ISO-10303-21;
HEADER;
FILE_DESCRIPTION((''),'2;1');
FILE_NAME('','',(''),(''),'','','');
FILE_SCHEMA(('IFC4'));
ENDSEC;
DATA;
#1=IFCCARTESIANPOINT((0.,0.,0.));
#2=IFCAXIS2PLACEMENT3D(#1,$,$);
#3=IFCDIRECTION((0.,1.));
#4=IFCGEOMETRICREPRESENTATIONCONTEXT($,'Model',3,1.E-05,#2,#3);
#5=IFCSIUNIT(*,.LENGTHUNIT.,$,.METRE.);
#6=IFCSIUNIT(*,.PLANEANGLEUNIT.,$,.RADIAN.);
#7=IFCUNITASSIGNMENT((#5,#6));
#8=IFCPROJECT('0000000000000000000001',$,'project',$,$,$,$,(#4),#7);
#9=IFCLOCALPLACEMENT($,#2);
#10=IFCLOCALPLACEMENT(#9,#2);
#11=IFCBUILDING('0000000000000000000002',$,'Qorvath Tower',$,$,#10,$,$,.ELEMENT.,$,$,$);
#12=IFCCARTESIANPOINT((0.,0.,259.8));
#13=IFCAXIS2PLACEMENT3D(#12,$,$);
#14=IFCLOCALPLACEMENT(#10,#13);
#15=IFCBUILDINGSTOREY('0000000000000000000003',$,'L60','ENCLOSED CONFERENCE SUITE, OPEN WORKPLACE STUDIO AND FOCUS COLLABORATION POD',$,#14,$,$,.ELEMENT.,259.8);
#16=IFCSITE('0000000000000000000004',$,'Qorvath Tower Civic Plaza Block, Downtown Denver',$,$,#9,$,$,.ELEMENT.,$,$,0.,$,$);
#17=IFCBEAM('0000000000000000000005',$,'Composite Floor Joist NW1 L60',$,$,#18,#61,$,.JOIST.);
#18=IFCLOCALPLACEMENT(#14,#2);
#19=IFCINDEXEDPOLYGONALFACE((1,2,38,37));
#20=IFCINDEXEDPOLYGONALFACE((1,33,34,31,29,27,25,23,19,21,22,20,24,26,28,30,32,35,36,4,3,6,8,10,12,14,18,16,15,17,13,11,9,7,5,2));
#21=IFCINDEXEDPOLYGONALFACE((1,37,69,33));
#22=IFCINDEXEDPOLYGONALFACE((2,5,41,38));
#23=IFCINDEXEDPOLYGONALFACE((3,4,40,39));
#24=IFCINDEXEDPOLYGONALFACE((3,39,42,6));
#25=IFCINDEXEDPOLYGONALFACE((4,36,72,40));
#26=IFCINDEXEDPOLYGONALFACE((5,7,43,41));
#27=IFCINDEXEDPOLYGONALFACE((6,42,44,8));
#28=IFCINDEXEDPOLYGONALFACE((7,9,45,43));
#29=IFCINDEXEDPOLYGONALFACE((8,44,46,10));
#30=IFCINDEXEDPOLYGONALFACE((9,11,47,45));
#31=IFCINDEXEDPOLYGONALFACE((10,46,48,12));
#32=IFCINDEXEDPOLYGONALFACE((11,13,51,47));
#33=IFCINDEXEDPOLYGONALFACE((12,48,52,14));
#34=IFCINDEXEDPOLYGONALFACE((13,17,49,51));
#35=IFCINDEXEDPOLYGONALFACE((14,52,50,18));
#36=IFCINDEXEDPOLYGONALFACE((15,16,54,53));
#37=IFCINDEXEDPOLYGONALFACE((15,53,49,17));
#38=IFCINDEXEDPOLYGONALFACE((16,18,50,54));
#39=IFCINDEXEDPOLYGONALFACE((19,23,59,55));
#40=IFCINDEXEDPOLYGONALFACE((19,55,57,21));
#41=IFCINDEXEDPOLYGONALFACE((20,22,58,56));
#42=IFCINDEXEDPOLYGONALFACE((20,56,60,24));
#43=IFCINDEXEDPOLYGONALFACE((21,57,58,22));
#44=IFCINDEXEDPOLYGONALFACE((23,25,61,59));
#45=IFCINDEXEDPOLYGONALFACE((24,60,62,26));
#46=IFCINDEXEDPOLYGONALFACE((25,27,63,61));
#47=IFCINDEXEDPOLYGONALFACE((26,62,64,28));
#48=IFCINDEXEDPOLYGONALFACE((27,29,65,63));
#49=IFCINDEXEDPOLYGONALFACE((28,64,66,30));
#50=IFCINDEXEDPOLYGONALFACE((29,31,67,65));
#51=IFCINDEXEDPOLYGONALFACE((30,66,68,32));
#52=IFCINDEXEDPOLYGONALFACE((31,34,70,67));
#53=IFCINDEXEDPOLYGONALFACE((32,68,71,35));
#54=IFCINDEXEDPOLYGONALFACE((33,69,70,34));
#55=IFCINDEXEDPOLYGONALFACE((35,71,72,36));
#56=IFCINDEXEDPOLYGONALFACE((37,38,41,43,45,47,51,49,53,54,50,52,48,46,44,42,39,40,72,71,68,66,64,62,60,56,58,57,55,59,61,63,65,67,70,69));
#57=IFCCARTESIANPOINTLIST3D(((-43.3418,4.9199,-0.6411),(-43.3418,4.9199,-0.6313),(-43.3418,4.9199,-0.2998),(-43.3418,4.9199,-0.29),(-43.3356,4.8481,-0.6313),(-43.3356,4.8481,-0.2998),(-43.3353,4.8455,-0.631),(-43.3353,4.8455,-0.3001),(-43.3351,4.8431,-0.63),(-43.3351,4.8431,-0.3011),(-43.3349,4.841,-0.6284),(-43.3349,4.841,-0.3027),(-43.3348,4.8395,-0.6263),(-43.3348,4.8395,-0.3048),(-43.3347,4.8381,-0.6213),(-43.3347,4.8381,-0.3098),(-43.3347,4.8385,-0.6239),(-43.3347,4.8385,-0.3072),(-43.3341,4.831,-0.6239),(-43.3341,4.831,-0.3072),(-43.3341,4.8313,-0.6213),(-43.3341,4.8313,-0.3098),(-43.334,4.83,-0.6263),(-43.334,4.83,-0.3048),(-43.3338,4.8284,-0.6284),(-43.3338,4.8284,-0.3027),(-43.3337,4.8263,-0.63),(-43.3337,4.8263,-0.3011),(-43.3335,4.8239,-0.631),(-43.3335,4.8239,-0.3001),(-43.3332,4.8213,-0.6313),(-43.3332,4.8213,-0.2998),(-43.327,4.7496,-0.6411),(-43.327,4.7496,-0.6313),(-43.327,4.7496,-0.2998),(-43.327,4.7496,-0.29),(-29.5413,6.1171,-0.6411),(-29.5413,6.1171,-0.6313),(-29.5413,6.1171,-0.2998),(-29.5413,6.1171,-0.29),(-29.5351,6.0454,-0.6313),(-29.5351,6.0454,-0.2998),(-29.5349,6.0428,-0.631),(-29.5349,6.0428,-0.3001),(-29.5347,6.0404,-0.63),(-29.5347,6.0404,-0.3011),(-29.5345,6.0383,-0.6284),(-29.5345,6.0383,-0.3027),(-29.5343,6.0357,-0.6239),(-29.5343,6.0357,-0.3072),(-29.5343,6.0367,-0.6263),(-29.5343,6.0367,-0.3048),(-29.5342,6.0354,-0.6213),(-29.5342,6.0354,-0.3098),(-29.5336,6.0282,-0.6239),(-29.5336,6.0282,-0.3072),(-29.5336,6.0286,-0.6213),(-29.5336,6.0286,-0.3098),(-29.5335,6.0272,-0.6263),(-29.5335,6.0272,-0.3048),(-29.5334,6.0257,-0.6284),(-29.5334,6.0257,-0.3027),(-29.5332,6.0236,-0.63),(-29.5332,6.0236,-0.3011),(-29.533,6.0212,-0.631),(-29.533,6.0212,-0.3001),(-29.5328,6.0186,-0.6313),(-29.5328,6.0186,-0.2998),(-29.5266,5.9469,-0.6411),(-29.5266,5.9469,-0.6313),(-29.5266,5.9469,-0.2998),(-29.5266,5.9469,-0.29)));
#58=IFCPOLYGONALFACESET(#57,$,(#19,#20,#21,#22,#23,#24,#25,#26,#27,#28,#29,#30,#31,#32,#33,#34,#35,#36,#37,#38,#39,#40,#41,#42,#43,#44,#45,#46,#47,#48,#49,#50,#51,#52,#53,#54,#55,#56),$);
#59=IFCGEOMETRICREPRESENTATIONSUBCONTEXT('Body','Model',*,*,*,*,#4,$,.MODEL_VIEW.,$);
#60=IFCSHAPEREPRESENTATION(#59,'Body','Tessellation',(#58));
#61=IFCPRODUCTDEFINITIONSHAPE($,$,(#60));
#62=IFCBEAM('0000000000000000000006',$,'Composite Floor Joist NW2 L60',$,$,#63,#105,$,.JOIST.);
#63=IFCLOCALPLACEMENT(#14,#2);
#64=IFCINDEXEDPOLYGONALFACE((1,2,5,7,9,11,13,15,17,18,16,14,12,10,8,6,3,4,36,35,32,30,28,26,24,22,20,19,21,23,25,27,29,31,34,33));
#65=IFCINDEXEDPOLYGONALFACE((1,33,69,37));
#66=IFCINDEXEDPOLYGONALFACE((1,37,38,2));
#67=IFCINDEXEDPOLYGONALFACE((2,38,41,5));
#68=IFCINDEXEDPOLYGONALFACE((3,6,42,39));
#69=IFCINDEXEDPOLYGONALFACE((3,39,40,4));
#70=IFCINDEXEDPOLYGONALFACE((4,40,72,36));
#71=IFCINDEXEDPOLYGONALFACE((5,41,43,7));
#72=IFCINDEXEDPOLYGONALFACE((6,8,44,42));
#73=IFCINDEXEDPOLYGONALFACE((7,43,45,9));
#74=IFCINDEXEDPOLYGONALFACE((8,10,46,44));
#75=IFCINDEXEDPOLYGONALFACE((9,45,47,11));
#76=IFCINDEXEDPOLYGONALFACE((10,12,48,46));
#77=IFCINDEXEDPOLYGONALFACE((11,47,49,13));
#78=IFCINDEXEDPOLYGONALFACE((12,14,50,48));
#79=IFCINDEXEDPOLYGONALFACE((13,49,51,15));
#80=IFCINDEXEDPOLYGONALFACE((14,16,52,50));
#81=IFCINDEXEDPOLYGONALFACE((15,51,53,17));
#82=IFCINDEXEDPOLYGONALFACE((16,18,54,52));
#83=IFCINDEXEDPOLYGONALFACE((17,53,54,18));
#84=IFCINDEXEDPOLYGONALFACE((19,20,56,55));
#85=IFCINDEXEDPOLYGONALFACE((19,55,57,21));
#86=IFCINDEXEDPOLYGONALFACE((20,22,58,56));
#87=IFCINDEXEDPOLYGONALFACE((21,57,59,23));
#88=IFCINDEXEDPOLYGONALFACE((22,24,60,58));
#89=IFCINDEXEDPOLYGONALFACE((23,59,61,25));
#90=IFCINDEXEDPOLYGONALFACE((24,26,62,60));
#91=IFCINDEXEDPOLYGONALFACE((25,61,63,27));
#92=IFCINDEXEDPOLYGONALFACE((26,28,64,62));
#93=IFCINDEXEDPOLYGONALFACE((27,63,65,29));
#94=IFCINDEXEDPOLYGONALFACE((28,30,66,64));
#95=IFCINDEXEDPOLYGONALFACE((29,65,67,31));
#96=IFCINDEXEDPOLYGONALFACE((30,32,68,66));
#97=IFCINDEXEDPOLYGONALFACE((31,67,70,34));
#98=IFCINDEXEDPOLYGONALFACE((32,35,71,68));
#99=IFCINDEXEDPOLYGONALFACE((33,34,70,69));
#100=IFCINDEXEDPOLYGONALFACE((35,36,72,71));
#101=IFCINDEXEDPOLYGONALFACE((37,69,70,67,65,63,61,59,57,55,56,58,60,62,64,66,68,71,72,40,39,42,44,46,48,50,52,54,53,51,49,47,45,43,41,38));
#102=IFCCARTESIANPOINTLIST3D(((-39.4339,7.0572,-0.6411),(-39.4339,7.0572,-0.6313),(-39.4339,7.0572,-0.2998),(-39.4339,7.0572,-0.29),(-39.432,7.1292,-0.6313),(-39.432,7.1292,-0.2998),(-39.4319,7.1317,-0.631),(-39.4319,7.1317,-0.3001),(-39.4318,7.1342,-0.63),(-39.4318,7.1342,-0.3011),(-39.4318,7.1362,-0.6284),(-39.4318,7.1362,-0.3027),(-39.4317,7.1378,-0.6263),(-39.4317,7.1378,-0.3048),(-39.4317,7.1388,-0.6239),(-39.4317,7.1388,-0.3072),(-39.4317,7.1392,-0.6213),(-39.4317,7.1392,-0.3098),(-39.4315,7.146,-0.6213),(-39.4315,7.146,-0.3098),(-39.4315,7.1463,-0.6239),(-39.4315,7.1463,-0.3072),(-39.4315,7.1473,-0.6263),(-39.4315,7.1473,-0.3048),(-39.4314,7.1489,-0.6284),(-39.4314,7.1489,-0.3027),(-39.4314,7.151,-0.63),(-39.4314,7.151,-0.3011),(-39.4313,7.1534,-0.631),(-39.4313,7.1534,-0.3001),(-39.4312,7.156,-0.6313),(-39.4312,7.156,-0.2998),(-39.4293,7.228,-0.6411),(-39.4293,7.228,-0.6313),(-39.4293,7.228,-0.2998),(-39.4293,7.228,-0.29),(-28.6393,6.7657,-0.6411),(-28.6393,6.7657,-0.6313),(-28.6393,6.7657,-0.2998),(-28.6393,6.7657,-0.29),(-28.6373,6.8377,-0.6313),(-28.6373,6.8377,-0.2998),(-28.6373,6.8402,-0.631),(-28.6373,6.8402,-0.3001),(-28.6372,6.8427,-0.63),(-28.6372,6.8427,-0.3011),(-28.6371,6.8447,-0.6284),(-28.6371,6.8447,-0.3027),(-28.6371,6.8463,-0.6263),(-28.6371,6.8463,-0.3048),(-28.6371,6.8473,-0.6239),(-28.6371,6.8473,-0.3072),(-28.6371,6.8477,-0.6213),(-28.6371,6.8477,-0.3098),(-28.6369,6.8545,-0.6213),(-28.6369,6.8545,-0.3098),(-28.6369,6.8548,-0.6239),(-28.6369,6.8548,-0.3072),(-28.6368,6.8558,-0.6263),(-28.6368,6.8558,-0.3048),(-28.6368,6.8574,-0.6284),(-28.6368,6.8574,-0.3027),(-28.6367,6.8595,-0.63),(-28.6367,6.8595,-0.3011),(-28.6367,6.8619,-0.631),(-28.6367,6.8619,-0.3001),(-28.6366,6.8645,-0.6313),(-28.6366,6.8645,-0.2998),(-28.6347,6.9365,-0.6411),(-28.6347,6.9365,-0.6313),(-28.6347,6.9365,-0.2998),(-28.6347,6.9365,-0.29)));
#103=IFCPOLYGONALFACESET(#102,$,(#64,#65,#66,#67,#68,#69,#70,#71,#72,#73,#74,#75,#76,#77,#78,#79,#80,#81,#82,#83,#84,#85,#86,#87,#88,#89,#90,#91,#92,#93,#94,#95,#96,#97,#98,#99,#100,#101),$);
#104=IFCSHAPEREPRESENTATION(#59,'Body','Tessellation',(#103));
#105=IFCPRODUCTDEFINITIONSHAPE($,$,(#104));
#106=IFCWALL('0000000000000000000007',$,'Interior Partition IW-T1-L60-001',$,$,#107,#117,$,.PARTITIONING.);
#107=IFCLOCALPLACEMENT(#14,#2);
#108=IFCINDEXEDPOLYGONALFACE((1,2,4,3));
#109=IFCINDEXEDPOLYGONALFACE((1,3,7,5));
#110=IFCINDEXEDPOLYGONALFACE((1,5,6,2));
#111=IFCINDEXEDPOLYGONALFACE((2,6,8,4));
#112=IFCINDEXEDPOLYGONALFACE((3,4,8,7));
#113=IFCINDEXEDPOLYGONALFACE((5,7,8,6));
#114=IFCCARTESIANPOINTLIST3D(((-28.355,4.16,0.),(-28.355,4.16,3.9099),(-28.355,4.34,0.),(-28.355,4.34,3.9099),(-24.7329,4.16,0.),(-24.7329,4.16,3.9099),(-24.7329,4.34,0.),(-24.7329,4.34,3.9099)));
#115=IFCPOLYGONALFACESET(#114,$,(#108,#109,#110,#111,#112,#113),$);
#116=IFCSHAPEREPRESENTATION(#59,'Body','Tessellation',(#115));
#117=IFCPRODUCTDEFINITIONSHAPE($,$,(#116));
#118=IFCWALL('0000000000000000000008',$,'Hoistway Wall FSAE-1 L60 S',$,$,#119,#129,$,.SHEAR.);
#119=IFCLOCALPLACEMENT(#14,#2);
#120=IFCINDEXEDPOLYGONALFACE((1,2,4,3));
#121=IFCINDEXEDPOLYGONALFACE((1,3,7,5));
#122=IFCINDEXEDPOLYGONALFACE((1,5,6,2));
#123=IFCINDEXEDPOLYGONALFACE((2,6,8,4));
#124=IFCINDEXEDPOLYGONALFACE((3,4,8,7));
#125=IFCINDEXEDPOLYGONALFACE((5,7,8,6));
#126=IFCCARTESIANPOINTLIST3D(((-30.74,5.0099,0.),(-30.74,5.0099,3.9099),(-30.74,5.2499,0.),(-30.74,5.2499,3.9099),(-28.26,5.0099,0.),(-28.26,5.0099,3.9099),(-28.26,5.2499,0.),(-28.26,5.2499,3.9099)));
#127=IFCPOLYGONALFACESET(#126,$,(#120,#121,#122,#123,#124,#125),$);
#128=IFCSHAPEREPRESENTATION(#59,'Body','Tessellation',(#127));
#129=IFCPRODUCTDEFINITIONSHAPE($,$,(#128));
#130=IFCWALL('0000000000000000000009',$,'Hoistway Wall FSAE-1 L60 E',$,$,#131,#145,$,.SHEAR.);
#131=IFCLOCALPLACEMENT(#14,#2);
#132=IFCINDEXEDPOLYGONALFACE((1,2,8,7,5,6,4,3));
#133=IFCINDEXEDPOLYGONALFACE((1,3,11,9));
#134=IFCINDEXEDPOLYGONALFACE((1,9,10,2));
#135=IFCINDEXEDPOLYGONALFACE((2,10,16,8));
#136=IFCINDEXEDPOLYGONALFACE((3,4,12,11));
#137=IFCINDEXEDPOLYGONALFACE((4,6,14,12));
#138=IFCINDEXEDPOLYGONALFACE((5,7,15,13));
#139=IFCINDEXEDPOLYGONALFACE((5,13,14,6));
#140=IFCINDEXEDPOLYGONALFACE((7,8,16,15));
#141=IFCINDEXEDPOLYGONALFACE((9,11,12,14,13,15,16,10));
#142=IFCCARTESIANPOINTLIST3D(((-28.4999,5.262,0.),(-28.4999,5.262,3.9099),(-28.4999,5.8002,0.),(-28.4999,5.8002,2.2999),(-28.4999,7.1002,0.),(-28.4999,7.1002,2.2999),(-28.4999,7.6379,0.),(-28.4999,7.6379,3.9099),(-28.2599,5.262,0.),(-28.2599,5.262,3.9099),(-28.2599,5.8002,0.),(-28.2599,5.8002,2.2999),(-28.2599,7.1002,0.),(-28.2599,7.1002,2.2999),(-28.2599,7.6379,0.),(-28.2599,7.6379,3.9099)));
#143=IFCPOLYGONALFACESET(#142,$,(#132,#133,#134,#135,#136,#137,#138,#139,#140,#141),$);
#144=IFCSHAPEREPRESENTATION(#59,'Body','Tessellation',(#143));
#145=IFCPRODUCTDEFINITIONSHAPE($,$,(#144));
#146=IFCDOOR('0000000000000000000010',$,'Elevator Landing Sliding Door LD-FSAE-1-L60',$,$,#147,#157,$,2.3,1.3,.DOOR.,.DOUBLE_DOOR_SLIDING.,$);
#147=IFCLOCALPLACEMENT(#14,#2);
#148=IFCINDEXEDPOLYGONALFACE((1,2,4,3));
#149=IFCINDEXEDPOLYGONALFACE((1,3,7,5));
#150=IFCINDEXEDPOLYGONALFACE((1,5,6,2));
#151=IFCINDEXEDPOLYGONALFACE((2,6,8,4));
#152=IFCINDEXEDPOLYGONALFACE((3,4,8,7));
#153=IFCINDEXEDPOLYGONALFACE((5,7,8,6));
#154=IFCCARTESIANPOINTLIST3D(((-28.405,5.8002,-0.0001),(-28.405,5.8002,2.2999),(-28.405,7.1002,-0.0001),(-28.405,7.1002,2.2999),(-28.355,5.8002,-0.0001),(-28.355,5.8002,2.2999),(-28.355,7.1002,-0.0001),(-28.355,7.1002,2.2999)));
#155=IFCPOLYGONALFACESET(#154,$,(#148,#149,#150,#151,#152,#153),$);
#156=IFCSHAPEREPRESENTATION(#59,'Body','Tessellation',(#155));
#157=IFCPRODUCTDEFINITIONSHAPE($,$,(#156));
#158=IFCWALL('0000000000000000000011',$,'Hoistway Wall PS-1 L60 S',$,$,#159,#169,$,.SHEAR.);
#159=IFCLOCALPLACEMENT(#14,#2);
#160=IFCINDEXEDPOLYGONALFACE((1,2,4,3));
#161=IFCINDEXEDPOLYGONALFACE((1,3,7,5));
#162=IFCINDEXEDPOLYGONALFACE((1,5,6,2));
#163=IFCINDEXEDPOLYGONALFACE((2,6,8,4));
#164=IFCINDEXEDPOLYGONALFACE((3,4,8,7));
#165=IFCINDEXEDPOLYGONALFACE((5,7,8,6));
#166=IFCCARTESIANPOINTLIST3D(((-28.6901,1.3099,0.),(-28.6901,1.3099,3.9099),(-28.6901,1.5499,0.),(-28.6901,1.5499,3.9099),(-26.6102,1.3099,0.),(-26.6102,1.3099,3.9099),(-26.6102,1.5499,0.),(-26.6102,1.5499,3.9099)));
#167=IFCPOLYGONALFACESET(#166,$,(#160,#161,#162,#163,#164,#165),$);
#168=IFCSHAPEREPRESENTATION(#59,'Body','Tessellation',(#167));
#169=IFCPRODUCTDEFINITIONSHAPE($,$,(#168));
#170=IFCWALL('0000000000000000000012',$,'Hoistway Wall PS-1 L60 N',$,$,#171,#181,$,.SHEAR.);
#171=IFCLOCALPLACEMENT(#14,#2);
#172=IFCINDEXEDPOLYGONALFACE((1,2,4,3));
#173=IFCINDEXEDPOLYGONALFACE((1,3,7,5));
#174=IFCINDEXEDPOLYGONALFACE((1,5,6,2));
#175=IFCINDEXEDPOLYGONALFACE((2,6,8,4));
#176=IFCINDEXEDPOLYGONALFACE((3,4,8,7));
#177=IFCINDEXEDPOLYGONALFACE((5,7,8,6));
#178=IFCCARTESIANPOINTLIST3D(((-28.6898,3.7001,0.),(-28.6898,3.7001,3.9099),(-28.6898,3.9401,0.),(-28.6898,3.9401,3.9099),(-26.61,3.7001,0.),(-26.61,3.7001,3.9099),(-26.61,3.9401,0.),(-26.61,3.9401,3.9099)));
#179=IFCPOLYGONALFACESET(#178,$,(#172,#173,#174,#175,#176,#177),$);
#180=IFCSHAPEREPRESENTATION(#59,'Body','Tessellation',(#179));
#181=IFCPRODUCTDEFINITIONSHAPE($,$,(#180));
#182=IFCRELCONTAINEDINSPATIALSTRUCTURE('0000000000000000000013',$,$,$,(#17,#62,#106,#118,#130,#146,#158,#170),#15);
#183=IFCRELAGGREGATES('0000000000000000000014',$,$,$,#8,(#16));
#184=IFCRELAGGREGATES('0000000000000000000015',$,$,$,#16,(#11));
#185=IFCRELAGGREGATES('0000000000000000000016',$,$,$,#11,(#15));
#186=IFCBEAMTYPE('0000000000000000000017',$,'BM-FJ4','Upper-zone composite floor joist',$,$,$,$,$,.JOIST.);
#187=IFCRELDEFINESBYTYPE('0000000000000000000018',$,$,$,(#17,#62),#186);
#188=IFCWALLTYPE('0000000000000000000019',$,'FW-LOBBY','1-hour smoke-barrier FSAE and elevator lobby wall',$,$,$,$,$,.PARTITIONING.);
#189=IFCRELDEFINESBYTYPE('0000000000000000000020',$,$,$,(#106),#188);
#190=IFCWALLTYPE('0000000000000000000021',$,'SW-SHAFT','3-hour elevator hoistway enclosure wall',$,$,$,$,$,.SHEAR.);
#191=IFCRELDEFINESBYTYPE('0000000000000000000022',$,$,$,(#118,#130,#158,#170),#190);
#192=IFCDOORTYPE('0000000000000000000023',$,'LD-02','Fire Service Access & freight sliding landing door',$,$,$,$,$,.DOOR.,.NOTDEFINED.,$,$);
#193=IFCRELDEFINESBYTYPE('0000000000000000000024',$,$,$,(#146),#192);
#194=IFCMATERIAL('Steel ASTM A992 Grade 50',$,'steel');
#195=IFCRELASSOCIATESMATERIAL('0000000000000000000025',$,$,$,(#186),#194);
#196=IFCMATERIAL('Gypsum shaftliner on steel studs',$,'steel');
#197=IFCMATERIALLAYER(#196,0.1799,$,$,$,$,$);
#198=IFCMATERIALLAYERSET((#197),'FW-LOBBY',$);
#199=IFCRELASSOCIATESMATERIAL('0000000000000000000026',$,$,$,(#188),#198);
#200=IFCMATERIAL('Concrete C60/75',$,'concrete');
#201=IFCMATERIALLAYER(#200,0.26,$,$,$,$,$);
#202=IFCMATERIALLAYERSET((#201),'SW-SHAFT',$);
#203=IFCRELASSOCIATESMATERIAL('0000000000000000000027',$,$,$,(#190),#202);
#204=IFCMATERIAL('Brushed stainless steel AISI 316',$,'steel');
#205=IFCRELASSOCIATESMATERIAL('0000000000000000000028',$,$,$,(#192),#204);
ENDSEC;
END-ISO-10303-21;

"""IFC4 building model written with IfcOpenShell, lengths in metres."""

from ifc_helpers import new_model, si_unit, direction, frame, frame_2d, origin, origin_2d, place, context, subcontext, project, spatial, rectangle, i_section, extrude, material, layer, layer_set, material_profile, profile_set, type_object, element, fill, save


model = new_model("IFC4")

# Units and contexts
model_context = context("Model", 3, precision=1e-05, world=origin(), true_north=direction((0.0, 1.0)))
body_context = subcontext(model_context, "Body", "Model", "MODEL_VIEW")
ifc_project = project(units=[si_unit("LENGTHUNIT", "METRE"), si_unit("PLANEANGLEUNIT", "RADIAN")], contexts=[model_context])

# Site, building, storey
site_placement = place(None, origin())
site = spatial("IfcSite", under=ifc_project, at=site_placement, Name="Qorvath Tower Civic Plaza Block, Downtown Denver", CompositionType="ELEMENT", RefElevation=0.0)
building_placement = place(site_placement, origin())
building = spatial("IfcBuilding", under=site, at=building_placement, Name="Qorvath Tower", CompositionType="ELEMENT")
storey_placement = place(building_placement, frame((0.0, 0.0, 259.8)))
storey = spatial("IfcBuildingStorey", under=building, at=storey_placement, Name="L60", Description="ENCLOSED CONFERENCE SUITE, OPEN WORKPLACE STUDIO AND FOCUS COLLABORATION POD", CompositionType="ELEMENT", Elevation=259.8)

# Beams
ifc_material_1 = material(Name="Steel ASTM A992 Grade 50", Category="steel")
ifc_material_profile = material_profile(ifc_material_1, i_section(OverallWidth=0.1709, OverallDepth=0.3511, WebThickness=0.0068, FlangeThickness=0.0098, FilletRadius=0.01, at=origin_2d()), Name="W14x30")
ifc_profile_set = profile_set([ifc_material_profile], Name="Steel ASTM A992 Grade 50")
beam_type = type_object("IfcBeamType", Name="BM-FJ4", Description="Upper-zone composite floor joist", PredefinedType="JOIST", material=ifc_profile_set)
beam_1_placement = place(storey_placement, frame((-29.5339, 6.032, -0.4656), z_axis=(-0.996258, -0.08643, 0.0), x_axis=(0.08643, -0.996258, 0.0)))
element("IfcBeam", 1, at=beam_1_placement, inside=storey, type_object=beam_type, Name="Composite Floor Joist NW1 L60", PredefinedType="JOIST", context=body_context, shape_type="SweptSolid", body=[
    extrude(i_section(OverallWidth=0.1709, OverallDepth=0.3511, WebThickness=0.0068, FlangeThickness=0.0098, FilletRadius=0.01, at=origin_2d()), origin(), (0.0, 0.0, 1.0), 13.8523),
])
beam_2_placement = place(storey_placement, frame((-28.637, 6.8511, -0.4656), z_axis=(-0.999636, 0.026995, 0.0), x_axis=(-0.026995, -0.999636, 0.0)))
element("IfcBeam", 2, at=beam_2_placement, inside=storey, type_object=beam_type, Name="Composite Floor Joist NW2 L60", PredefinedType="JOIST", context=body_context, shape_type="SweptSolid", body=[
    extrude(i_section(OverallWidth=0.1709, OverallDepth=0.3511, WebThickness=0.0068, FlangeThickness=0.0098, FilletRadius=0.01, at=origin_2d()), origin(), (0.0, 0.0, 1.0), 10.7986),
])

# Walls
ifc_material_2 = material(Name="Gypsum shaftliner on steel studs", Category="steel")
ifc_layer_1 = layer(ifc_material_2, 0.1799)
ifc_layer_set_1 = layer_set([ifc_layer_1], Name="FW-LOBBY")
wall_type_1 = type_object("IfcWallType", Name="FW-LOBBY", Description="1-hour smoke-barrier FSAE and elevator lobby wall", PredefinedType="PARTITIONING", material=ifc_layer_set_1)
wall_1_placement = place(storey_placement, frame((-28.355, 4.25, 0.0), z_axis=(0.0, 0.0, 1.0), x_axis=(1.0, 0.0, 0.0)))
element("IfcWall", 3, at=wall_1_placement, inside=storey, type_object=wall_type_1, Name="Interior Partition IW-T1-L60-001", PredefinedType="PARTITIONING", context=body_context, shape_type="SweptSolid", body=[
    extrude(rectangle(XDim=3.6221, YDim=0.1799, at=frame_2d((1.811, 0.0))), origin(), (0.0, 0.0, 1.0), 3.9099),
])
ifc_material_3 = material(Name="Concrete C60/75", Category="concrete")
ifc_layer_2 = layer(ifc_material_3, 0.26)
ifc_layer_set_2 = layer_set([ifc_layer_2], Name="SW-SHAFT")
wall_type_2 = type_object("IfcWallType", Name="SW-SHAFT", Description="3-hour elevator hoistway enclosure wall", PredefinedType="SHEAR", material=ifc_layer_set_2)
wall_2_placement = place(storey_placement, frame((-28.26, 5.1299, 0.0), z_axis=(0.0, 0.0, 1.0), x_axis=(-1.0, 0.0, 0.0)))
element("IfcWall", 4, at=wall_2_placement, inside=storey, type_object=wall_type_2, Name="Hoistway Wall FSAE-1 L60 S", PredefinedType="SHEAR", context=body_context, shape_type="SweptSolid", body=[
    extrude(rectangle(XDim=2.48, YDim=0.24, at=frame_2d((1.24, 0.0))), origin(), (0.0, 0.0, 1.0), 3.9099),
])

# Wall, opening, door
wall_3_placement = place(storey_placement, frame((-28.3799, 7.6379, 0.0), z_axis=(0.0, 0.0, 1.0), x_axis=(0.0, -1.0, 0.0)))
wall_3 = element("IfcWall", 5, at=wall_3_placement, inside=storey, type_object=wall_type_2, Name="Hoistway Wall FSAE-1 L60 E", PredefinedType="SHEAR", context=body_context, shape_type="SweptSolid", body=[
    extrude(rectangle(XDim=2.376, YDim=0.24, at=frame_2d((1.188, 0.0))), origin(), (0.0, 0.0, 1.0), 3.9099),
])
opening_1_placement = place(wall_3_placement, frame((0.5378, 0.0, 0.0)))
opening_1 = element("IfcOpeningElement", 6, at=opening_1_placement, cuts=wall_3, PredefinedType="OPENING", context=body_context, shape_type="SweptSolid", body=[
    extrude(rectangle(XDim=1.3, YDim=2.3, at=frame_2d((0.6499, 1.1499))), frame((0.0, 0.1299, 0.0), z_axis=(0.0, -1.0, 0.0), x_axis=(1.0, 0.0, 0.0)), (0.0, 0.0, 1.0), 0.26),
])
ifc_material_4 = material(Name="Brushed stainless steel AISI 316", Category="steel")
door_type_1 = type_object("IfcDoorType", Name="LD-02", Description="Fire Service Access & freight sliding landing door", OperationType="NOTDEFINED", PredefinedType="DOOR", material=ifc_material_4)
door_1_placement = place(opening_1_placement, origin())
door_1 = element("IfcDoor", 7, at=door_1_placement, inside=storey, type_object=door_type_1, Name="Elevator Landing Sliding Door LD-FSAE-1-L60", OperationType="DOUBLE_DOOR_SLIDING", OverallHeight=2.3, OverallWidth=1.3, PredefinedType="DOOR", context=body_context, shape_type="SweptSolid", body=[
    extrude(rectangle(XDim=1.3, YDim=2.3, at=frame_2d((0.6499, 1.1499))), frame((0.0, 0.0249, 0.0), z_axis=(0.0, -1.0, 0.0), x_axis=(1.0, 0.0, 0.0)), (0.0, 0.0, 1.0), 0.05),
])
fill(opening_1, door_1)

# Walls
for number, where, z_axis, x_axis, name in (
    (8, (-26.6101, 1.4299, 0.0), (0.0, 0.0, 1.0), (-1.0, 0.0, 0.0), "Hoistway Wall PS-1 L60 S"),
    (9, (-28.6899, 3.8201, 0.0), (0.0, 0.0, 1.0), (1.0, 0.0, 0.0), "Hoistway Wall PS-1 L60 N"),
):
    element("IfcWall", number, at=place(storey_placement, frame(where, z_axis=z_axis, x_axis=x_axis)), inside=storey, type_object=wall_type_2, Name=name, PredefinedType="SHEAR", context=body_context, shape_type="SweptSolid", body=[
        extrude(rectangle(XDim=2.0798, YDim=0.24, at=frame_2d((1.04, 0.0))), origin(), (0.0, 0.0, 1.0), 3.9099),
    ])

save(model, "model.ifc")
